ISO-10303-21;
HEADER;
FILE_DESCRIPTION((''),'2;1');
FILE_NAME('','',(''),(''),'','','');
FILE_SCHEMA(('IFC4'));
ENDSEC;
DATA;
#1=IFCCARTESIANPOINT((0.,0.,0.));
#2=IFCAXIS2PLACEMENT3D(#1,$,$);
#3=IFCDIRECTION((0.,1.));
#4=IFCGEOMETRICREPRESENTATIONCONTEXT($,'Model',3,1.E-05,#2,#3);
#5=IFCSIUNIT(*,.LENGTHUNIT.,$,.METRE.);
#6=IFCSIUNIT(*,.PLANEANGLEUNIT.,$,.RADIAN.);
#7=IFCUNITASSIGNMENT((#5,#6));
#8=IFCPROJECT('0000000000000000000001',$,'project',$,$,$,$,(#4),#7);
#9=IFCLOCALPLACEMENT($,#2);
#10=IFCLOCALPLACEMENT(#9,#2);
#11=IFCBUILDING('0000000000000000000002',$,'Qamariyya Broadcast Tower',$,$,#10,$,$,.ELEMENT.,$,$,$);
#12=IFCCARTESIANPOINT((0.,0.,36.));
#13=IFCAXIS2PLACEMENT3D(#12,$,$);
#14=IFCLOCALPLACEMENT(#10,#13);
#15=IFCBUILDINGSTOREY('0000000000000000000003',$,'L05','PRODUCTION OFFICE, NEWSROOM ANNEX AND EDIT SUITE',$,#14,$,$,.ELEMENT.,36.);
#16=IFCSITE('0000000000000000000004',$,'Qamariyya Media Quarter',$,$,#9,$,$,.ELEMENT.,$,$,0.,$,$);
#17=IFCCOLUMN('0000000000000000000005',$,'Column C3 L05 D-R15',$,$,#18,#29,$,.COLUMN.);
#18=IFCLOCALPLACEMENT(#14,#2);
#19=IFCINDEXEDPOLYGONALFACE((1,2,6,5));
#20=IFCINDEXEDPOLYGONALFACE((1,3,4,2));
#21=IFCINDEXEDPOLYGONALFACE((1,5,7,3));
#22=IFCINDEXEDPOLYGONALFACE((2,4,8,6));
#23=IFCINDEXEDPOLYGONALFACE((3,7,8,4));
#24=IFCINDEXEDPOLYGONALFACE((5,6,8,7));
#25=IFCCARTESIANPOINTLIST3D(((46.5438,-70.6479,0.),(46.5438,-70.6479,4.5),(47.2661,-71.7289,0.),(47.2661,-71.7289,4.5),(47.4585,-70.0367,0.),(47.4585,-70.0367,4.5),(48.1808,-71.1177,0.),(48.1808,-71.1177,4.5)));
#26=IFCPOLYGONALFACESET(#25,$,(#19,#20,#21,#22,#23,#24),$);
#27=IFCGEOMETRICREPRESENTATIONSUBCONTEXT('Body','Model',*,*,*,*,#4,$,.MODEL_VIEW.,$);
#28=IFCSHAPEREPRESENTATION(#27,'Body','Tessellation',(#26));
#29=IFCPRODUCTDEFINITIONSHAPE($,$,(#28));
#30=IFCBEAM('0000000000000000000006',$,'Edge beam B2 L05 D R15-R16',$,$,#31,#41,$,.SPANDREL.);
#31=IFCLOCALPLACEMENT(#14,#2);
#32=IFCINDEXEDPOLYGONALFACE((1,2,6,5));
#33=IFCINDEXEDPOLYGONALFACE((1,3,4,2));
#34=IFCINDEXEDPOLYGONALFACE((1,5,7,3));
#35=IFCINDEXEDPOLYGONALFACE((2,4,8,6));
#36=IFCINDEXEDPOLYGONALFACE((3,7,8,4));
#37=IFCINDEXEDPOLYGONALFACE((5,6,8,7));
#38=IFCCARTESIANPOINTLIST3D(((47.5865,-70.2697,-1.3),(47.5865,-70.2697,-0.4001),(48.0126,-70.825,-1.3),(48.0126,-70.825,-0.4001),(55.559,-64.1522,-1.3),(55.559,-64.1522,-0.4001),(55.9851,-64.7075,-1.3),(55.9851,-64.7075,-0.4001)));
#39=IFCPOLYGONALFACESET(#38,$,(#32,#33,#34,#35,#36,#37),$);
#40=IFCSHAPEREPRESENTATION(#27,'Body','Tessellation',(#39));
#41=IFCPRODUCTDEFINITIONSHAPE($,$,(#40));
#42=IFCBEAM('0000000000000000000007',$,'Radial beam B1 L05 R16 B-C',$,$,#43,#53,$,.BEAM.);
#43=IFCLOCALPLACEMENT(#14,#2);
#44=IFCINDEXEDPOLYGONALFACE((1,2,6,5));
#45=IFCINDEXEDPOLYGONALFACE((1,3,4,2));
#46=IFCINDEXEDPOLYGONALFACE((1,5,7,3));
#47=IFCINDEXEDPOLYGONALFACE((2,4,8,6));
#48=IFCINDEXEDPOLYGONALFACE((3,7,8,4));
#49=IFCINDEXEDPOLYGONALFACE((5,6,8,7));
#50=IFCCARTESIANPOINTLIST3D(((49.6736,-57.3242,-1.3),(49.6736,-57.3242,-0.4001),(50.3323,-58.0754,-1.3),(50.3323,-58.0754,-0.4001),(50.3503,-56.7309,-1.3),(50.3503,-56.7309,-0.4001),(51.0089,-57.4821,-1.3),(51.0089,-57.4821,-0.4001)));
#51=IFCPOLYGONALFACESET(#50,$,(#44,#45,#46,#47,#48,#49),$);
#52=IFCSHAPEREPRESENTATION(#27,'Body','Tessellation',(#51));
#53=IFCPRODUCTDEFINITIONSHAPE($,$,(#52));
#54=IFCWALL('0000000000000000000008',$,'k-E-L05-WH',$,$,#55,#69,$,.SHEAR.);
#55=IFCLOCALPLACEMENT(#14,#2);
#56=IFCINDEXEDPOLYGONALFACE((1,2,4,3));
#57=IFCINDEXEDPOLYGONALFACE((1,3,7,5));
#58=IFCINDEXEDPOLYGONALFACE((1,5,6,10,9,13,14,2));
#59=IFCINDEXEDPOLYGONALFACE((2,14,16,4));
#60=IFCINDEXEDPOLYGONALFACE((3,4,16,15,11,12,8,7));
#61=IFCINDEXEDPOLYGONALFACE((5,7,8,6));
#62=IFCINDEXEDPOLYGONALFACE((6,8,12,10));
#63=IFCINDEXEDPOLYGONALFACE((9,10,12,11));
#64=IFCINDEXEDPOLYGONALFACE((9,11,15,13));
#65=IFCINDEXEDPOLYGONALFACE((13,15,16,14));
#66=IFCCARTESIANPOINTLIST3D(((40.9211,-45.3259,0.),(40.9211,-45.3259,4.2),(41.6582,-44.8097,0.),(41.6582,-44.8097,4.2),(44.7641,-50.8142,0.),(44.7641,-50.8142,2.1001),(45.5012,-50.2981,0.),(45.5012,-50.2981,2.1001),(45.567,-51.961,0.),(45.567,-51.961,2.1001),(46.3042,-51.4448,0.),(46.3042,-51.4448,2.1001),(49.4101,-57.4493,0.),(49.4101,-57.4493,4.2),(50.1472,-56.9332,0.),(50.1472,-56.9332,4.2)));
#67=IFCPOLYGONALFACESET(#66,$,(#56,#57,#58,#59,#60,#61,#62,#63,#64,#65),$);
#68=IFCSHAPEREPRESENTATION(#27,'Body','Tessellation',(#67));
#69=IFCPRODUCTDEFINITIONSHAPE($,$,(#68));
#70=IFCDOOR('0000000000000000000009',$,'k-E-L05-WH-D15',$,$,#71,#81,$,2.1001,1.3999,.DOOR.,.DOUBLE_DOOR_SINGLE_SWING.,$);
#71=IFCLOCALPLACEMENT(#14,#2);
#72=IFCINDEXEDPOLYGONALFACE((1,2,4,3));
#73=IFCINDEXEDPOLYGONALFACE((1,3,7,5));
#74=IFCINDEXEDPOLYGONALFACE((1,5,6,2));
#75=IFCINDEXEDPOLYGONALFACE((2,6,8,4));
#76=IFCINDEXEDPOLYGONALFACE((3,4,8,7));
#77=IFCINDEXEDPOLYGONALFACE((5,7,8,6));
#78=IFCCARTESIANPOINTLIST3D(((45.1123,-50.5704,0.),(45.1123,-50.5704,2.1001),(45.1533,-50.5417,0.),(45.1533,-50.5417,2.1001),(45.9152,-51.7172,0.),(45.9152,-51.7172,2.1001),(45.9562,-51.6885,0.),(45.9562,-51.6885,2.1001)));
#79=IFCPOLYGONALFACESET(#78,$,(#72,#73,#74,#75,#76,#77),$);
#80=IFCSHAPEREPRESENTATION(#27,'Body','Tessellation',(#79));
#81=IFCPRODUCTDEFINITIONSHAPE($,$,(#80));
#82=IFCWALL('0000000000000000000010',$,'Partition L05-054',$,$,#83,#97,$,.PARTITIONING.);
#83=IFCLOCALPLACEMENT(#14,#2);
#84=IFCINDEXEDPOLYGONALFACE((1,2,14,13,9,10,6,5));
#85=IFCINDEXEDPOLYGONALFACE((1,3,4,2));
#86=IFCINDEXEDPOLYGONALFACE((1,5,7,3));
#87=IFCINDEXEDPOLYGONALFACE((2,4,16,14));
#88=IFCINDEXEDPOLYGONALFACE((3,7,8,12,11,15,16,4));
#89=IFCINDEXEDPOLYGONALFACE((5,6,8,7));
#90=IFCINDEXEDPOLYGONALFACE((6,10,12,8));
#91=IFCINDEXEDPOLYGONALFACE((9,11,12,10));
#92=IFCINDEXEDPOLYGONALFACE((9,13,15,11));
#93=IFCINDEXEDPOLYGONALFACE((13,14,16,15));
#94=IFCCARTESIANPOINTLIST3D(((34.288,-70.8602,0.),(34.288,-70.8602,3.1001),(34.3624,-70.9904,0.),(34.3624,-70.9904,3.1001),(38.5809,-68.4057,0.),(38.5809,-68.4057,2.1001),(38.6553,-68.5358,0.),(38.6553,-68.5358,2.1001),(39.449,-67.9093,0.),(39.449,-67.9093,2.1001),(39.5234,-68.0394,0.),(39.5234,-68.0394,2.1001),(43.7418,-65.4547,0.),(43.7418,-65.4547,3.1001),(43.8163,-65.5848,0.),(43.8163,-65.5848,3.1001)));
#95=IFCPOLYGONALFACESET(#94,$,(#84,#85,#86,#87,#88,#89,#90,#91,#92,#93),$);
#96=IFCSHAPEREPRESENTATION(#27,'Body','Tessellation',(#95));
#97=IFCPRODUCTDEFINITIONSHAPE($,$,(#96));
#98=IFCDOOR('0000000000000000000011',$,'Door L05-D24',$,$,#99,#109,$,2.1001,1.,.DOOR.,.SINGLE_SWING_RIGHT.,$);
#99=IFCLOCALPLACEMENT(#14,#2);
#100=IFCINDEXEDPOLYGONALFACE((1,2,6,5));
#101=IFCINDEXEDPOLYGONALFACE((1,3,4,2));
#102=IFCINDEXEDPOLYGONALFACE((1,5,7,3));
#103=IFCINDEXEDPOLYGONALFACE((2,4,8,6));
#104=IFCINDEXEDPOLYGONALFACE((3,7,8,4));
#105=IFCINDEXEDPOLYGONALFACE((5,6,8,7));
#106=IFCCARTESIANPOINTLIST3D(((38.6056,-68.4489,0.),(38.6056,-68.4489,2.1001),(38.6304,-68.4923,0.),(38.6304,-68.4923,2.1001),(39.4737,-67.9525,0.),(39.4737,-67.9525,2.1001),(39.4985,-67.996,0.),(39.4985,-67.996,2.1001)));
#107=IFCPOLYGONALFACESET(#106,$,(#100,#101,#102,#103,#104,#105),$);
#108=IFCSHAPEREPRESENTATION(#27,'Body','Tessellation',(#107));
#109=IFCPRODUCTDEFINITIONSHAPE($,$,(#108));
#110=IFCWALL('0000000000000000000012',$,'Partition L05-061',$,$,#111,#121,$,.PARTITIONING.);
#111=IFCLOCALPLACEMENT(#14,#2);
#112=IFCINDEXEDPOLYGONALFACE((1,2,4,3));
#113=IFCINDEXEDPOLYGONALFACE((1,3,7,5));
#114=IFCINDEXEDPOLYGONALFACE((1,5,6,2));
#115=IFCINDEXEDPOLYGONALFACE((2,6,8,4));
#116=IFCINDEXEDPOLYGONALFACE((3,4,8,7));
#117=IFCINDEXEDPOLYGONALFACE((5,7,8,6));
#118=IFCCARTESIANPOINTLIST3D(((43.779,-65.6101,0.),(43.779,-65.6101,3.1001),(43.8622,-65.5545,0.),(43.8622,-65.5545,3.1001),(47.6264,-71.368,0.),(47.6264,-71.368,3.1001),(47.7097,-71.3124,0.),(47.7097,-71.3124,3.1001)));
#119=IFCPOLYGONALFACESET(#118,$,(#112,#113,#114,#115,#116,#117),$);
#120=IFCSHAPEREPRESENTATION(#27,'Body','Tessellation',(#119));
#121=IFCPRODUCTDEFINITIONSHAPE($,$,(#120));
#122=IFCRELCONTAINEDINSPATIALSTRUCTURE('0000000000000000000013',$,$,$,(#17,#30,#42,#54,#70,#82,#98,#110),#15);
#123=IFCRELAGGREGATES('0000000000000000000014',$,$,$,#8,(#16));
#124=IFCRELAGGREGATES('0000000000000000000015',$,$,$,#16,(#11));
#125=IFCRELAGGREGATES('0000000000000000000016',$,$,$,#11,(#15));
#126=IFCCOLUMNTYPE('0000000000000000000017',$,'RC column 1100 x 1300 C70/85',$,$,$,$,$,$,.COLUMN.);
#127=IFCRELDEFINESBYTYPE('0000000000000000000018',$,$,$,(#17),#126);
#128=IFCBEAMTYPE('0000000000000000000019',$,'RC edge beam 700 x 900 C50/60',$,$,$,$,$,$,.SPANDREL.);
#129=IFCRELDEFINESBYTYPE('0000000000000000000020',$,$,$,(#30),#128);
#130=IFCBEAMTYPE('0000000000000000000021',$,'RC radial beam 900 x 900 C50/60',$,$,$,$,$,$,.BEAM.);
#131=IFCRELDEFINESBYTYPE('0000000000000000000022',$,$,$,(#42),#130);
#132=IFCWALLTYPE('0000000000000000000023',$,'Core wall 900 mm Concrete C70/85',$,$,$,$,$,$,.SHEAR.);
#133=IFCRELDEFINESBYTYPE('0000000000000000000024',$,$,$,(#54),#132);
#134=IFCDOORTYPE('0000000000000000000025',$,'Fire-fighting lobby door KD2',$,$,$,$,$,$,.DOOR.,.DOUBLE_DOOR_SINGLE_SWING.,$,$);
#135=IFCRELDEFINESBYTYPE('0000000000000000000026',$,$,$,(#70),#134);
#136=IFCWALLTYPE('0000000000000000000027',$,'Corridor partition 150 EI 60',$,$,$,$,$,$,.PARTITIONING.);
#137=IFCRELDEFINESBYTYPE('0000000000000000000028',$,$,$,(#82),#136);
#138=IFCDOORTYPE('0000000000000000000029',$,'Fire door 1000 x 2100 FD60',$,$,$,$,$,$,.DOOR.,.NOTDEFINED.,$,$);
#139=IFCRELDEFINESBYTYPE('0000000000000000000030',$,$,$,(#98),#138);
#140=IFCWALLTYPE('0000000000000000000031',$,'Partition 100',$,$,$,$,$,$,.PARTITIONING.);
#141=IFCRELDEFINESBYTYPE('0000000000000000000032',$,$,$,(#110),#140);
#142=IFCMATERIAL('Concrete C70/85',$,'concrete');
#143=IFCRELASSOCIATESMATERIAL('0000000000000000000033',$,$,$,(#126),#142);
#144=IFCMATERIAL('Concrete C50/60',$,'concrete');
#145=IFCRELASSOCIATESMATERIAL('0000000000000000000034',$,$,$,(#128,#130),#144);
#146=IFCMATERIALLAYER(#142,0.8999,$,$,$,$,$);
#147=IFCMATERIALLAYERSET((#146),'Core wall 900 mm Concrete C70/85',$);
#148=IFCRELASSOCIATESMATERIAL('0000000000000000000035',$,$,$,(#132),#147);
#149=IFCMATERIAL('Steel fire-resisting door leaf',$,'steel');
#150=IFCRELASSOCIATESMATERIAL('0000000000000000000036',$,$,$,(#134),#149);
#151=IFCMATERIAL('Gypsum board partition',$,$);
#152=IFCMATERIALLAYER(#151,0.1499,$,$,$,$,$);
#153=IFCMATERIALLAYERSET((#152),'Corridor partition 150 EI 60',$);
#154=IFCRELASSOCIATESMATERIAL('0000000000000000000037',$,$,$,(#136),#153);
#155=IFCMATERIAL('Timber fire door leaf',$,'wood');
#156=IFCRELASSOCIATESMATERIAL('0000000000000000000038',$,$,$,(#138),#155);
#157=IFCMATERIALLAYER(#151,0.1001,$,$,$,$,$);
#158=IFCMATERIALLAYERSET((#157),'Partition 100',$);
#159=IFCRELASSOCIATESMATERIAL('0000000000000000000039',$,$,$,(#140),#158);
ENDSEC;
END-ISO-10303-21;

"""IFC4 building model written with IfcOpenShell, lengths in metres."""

from ifc_helpers import new_model, si_unit, direction, frame, frame_2d, origin, origin_2d, place, context, subcontext, project, spatial, rectangle, extrude, material, layer, layer_set, material_profile, profile_set, type_object, element, fill, save


model = new_model("IFC4")

# Units and contexts
model_context = context("Model", 3, precision=1e-05, world=origin(), true_north=direction((0.0, 1.0)))
body_context = subcontext(model_context, "Body", "Model", "MODEL_VIEW")
ifc_project = project(units=[si_unit("LENGTHUNIT", "METRE"), si_unit("PLANEANGLEUNIT", "RADIAN")], contexts=[model_context])

# Site, building, storey
site_placement = place(None, origin())
site = spatial("IfcSite", under=ifc_project, at=site_placement, Name="Qamariyya Media Quarter", CompositionType="ELEMENT", RefElevation=0.0)
building_placement = place(site_placement, origin())
building = spatial("IfcBuilding", under=site, at=building_placement, Name="Qamariyya Broadcast Tower", CompositionType="ELEMENT")
storey_placement = place(building_placement, frame((0.0, 0.0, 36.0)))
storey = spatial("IfcBuildingStorey", under=building, at=storey_placement, Name="L05", Description="PRODUCTION OFFICE, NEWSROOM ANNEX AND EDIT SUITE", CompositionType="ELEMENT", Elevation=36.0)

# Column
ifc_material_1 = material(Name="Concrete C70/85", Category="concrete")
ifc_material_profile_1 = material_profile(ifc_material_1, rectangle(XDim=1.1001, YDim=1.3, at=origin_2d()))
ifc_profile_set_1 = profile_set([ifc_material_profile_1], Name="Concrete C70/85")
column_type = type_object("IfcColumnType", Name="RC column 1100 x 1300 C70/85", PredefinedType="COLUMN", material=ifc_profile_set_1)
column_placement = place(storey_placement, frame((47.3623, -70.8828, 0.0), z_axis=(0.0, 0.0, 1.0), x_axis=(0.83147, 0.55557, 0.0)))
element("IfcColumn", 1, at=column_placement, inside=storey, type_object=column_type, Name="Column C3 L05 D-R15", PredefinedType="COLUMN", context=body_context, shape_type="SweptSolid", body=[
    extrude(rectangle(XDim=1.1001, YDim=1.3, at=origin_2d()), origin(), (0.0, 0.0, 1.0), 4.5),
])

# Beams
ifc_material_2 = material(Name="Concrete C50/60", Category="concrete")
ifc_material_profile_2 = material_profile(ifc_material_2, rectangle(XDim=0.7, YDim=0.8999, at=origin_2d()))
ifc_profile_set_2 = profile_set([ifc_material_profile_2], Name="Concrete C50/60")
beam_type_1 = type_object("IfcBeamType", Name="RC edge beam 700 x 900 C50/60", PredefinedType="SPANDREL", material=ifc_profile_set_2)
beam_1_placement = place(storey_placement, frame((47.7996, -70.5474, -0.8501), z_axis=(0.793354, 0.60876, 0.0), x_axis=(-0.60876, 0.793354, 0.0)))
element("IfcBeam", 2, at=beam_1_placement, inside=storey, type_object=beam_type_1, Name="Edge beam B2 L05 D R15-R16", PredefinedType="SPANDREL", context=body_context, shape_type="SweptSolid", body=[
    extrude(rectangle(XDim=0.7, YDim=0.8999, at=origin_2d()), origin(), (0.0, 0.0, 1.0), 10.0491),
])
ifc_material_profile_3 = material_profile(ifc_material_2, rectangle(XDim=0.8999, YDim=0.8999, at=origin_2d()))
ifc_profile_set_3 = profile_set([ifc_material_profile_3], Name="Concrete C50/60")
beam_type_2 = type_object("IfcBeamType", Name="RC radial beam 900 x 900 C50/60", PredefinedType="BEAM", material=ifc_profile_set_3)
beam_2_placement = place(storey_placement, frame((50.012, -57.0276, -0.8501), z_axis=(0.659283, -0.751895, 0.0), x_axis=(0.751895, 0.659283, 0.0)))
element("IfcBeam", 3, at=beam_2_placement, inside=storey, type_object=beam_type_2, Name="Radial beam B1 L05 R16 B-C", PredefinedType="BEAM", context=body_context, shape_type="SweptSolid", body=[
    extrude(rectangle(XDim=0.8999, YDim=0.8999, at=origin_2d()), origin(), (0.0, 0.0, 1.0), 0.999),
])

# Walls, openings, doors
ifc_layer_1 = layer(ifc_material_1, 0.8999)
ifc_layer_set_1 = layer_set([ifc_layer_1], Name="Core wall 900 mm Concrete C70/85")
wall_type_1 = type_object("IfcWallType", Name="Core wall 900 mm Concrete C70/85", PredefinedType="SHEAR", material=ifc_layer_set_1)
wall_1_placement = place(storey_placement, frame((49.7786, -57.1912, 0.0), z_axis=(0.0, 0.0, 1.0), x_axis=(-0.573577, 0.819151, 0.0)))
wall_1 = element("IfcWall", 4, at=wall_1_placement, inside=storey, type_object=wall_type_1, Name="k-E-L05-WH", PredefinedType="SHEAR", context=body_context, shape_type="SweptSolid", body=[
    extrude(rectangle(XDim=14.8, YDim=0.8999, at=frame_2d((7.3999, 0.0))), origin(), (0.0, 0.0, 1.0), 4.2),
])
opening_1_placement = place(wall_1_placement, frame((6.7, 0.0, 0.0)))
opening_1 = element("IfcOpeningElement", 5, at=opening_1_placement, cuts=wall_1, PredefinedType="OPENING", context=body_context, shape_type="SweptSolid", body=[
    extrude(rectangle(XDim=1.3999, YDim=2.1001, at=frame_2d((0.7, 1.05))), frame((0.0, 0.46, 0.0), z_axis=(0.0, -1.0, 0.0), x_axis=(1.0, 0.0, 0.0)), (0.0, 0.0, 1.0), 0.9199),
])
ifc_material_3 = material(Name="Steel fire-resisting door leaf", Category="steel")
door_type_1 = type_object("IfcDoorType", Name="Fire-fighting lobby door KD2", OperationType="DOUBLE_DOOR_SINGLE_SWING", PredefinedType="DOOR", material=ifc_material_3)
door_1_placement = place(opening_1_placement, origin())
door_1 = element("IfcDoor", 6, at=door_1_placement, inside=storey, type_object=door_type_1, Name="k-E-L05-WH-D15", OperationType="DOUBLE_DOOR_SINGLE_SWING", OverallHeight=2.1001, OverallWidth=1.3999, PredefinedType="DOOR", context=body_context, shape_type="SweptSolid", body=[
    extrude(rectangle(XDim=1.3999, YDim=2.1001, at=frame_2d((0.7, 1.05))), frame((0.0, 0.0249, 0.0), z_axis=(0.0, -1.0, 0.0), x_axis=(1.0, 0.0, 0.0)), (0.0, 0.0, 1.0), 0.05),
])
fill(opening_1, door_1)
ifc_material_4 = material(Name="Gypsum board partition")
ifc_layer_2 = layer(ifc_material_4, 0.1499)
ifc_layer_set_2 = layer_set([ifc_layer_2], Name="Corridor partition 150 EI 60")
wall_type_2 = type_object("IfcWallType", Name="Corridor partition 150 EI 60", PredefinedType="PARTITIONING", material=ifc_layer_set_2)
wall_2_placement = place(storey_placement, frame((43.7791, -65.5198, 0.0), z_axis=(0.0, 0.0, 1.0), x_axis=(-0.868112, -0.496368, 0.0)))
wall_2 = element("IfcWall", 7, at=wall_2_placement, inside=storey, type_object=wall_type_2, Name="Partition L05-054", PredefinedType="PARTITIONING", context=body_context, shape_type="SweptSolid", body=[
    extrude(rectangle(XDim=10.8901, YDim=0.1499, at=frame_2d((5.4451, 0.0))), origin(), (0.0, 0.0, 1.0), 3.1001),
])
opening_2_placement = place(wall_2_placement, frame((4.9451, 0.0, 0.0)))
opening_2 = element("IfcOpeningElement", 8, at=opening_2_placement, cuts=wall_2, PredefinedType="OPENING", context=body_context, shape_type="SweptSolid", body=[
    extrude(rectangle(XDim=1.0, YDim=2.1001, at=frame_2d((0.5, 1.05))), frame((0.0, 0.085, 0.0), z_axis=(0.0, -1.0, 0.0), x_axis=(1.0, 0.0, 0.0)), (0.0, 0.0, 1.0), 0.1699),
])
ifc_material_5 = material(Name="Timber fire door leaf", Category="wood")
door_type_2 = type_object("IfcDoorType", Name="Fire door 1000 x 2100 FD60", OperationType="NOTDEFINED", PredefinedType="DOOR", material=ifc_material_5)
door_2_placement = place(opening_2_placement, origin())
door_2 = element("IfcDoor", 9, at=door_2_placement, inside=storey, type_object=door_type_2, Name="Door L05-D24", OperationType="SINGLE_SWING_RIGHT", OverallHeight=2.1001, OverallWidth=1.0, PredefinedType="DOOR", context=body_context, shape_type="SweptSolid", body=[
    extrude(rectangle(XDim=1.0, YDim=2.1001, at=frame_2d((0.5, 1.05))), frame((0.0, 0.0249, 0.0), z_axis=(0.0, -1.0, 0.0), x_axis=(1.0, 0.0, 0.0)), (0.0, 0.0, 1.0), 0.05),
])
fill(opening_2, door_2)

# Wall
ifc_layer_3 = layer(ifc_material_4, 0.1001)
ifc_layer_set_3 = layer_set([ifc_layer_3], Name="Partition 100")
wall_type_3 = type_object("IfcWallType", Name="Partition 100", PredefinedType="PARTITIONING", material=ifc_layer_set_3)
wall_3_placement = place(storey_placement, frame((47.668, -71.3401, 0.0), z_axis=(0.0, 0.0, 1.0), x_axis=(-0.555587, 0.831459, 0.0)))
element("IfcWall", 10, at=wall_3_placement, inside=storey, type_object=wall_type_3, Name="Partition L05-061", PredefinedType="PARTITIONING", context=body_context, shape_type="SweptSolid", body=[
    extrude(rectangle(XDim=6.925, YDim=0.1001, at=frame_2d((3.4624, 0.0))), origin(), (0.0, 0.0, 1.0), 3.1001),
])

save(model, "model.ifc")
